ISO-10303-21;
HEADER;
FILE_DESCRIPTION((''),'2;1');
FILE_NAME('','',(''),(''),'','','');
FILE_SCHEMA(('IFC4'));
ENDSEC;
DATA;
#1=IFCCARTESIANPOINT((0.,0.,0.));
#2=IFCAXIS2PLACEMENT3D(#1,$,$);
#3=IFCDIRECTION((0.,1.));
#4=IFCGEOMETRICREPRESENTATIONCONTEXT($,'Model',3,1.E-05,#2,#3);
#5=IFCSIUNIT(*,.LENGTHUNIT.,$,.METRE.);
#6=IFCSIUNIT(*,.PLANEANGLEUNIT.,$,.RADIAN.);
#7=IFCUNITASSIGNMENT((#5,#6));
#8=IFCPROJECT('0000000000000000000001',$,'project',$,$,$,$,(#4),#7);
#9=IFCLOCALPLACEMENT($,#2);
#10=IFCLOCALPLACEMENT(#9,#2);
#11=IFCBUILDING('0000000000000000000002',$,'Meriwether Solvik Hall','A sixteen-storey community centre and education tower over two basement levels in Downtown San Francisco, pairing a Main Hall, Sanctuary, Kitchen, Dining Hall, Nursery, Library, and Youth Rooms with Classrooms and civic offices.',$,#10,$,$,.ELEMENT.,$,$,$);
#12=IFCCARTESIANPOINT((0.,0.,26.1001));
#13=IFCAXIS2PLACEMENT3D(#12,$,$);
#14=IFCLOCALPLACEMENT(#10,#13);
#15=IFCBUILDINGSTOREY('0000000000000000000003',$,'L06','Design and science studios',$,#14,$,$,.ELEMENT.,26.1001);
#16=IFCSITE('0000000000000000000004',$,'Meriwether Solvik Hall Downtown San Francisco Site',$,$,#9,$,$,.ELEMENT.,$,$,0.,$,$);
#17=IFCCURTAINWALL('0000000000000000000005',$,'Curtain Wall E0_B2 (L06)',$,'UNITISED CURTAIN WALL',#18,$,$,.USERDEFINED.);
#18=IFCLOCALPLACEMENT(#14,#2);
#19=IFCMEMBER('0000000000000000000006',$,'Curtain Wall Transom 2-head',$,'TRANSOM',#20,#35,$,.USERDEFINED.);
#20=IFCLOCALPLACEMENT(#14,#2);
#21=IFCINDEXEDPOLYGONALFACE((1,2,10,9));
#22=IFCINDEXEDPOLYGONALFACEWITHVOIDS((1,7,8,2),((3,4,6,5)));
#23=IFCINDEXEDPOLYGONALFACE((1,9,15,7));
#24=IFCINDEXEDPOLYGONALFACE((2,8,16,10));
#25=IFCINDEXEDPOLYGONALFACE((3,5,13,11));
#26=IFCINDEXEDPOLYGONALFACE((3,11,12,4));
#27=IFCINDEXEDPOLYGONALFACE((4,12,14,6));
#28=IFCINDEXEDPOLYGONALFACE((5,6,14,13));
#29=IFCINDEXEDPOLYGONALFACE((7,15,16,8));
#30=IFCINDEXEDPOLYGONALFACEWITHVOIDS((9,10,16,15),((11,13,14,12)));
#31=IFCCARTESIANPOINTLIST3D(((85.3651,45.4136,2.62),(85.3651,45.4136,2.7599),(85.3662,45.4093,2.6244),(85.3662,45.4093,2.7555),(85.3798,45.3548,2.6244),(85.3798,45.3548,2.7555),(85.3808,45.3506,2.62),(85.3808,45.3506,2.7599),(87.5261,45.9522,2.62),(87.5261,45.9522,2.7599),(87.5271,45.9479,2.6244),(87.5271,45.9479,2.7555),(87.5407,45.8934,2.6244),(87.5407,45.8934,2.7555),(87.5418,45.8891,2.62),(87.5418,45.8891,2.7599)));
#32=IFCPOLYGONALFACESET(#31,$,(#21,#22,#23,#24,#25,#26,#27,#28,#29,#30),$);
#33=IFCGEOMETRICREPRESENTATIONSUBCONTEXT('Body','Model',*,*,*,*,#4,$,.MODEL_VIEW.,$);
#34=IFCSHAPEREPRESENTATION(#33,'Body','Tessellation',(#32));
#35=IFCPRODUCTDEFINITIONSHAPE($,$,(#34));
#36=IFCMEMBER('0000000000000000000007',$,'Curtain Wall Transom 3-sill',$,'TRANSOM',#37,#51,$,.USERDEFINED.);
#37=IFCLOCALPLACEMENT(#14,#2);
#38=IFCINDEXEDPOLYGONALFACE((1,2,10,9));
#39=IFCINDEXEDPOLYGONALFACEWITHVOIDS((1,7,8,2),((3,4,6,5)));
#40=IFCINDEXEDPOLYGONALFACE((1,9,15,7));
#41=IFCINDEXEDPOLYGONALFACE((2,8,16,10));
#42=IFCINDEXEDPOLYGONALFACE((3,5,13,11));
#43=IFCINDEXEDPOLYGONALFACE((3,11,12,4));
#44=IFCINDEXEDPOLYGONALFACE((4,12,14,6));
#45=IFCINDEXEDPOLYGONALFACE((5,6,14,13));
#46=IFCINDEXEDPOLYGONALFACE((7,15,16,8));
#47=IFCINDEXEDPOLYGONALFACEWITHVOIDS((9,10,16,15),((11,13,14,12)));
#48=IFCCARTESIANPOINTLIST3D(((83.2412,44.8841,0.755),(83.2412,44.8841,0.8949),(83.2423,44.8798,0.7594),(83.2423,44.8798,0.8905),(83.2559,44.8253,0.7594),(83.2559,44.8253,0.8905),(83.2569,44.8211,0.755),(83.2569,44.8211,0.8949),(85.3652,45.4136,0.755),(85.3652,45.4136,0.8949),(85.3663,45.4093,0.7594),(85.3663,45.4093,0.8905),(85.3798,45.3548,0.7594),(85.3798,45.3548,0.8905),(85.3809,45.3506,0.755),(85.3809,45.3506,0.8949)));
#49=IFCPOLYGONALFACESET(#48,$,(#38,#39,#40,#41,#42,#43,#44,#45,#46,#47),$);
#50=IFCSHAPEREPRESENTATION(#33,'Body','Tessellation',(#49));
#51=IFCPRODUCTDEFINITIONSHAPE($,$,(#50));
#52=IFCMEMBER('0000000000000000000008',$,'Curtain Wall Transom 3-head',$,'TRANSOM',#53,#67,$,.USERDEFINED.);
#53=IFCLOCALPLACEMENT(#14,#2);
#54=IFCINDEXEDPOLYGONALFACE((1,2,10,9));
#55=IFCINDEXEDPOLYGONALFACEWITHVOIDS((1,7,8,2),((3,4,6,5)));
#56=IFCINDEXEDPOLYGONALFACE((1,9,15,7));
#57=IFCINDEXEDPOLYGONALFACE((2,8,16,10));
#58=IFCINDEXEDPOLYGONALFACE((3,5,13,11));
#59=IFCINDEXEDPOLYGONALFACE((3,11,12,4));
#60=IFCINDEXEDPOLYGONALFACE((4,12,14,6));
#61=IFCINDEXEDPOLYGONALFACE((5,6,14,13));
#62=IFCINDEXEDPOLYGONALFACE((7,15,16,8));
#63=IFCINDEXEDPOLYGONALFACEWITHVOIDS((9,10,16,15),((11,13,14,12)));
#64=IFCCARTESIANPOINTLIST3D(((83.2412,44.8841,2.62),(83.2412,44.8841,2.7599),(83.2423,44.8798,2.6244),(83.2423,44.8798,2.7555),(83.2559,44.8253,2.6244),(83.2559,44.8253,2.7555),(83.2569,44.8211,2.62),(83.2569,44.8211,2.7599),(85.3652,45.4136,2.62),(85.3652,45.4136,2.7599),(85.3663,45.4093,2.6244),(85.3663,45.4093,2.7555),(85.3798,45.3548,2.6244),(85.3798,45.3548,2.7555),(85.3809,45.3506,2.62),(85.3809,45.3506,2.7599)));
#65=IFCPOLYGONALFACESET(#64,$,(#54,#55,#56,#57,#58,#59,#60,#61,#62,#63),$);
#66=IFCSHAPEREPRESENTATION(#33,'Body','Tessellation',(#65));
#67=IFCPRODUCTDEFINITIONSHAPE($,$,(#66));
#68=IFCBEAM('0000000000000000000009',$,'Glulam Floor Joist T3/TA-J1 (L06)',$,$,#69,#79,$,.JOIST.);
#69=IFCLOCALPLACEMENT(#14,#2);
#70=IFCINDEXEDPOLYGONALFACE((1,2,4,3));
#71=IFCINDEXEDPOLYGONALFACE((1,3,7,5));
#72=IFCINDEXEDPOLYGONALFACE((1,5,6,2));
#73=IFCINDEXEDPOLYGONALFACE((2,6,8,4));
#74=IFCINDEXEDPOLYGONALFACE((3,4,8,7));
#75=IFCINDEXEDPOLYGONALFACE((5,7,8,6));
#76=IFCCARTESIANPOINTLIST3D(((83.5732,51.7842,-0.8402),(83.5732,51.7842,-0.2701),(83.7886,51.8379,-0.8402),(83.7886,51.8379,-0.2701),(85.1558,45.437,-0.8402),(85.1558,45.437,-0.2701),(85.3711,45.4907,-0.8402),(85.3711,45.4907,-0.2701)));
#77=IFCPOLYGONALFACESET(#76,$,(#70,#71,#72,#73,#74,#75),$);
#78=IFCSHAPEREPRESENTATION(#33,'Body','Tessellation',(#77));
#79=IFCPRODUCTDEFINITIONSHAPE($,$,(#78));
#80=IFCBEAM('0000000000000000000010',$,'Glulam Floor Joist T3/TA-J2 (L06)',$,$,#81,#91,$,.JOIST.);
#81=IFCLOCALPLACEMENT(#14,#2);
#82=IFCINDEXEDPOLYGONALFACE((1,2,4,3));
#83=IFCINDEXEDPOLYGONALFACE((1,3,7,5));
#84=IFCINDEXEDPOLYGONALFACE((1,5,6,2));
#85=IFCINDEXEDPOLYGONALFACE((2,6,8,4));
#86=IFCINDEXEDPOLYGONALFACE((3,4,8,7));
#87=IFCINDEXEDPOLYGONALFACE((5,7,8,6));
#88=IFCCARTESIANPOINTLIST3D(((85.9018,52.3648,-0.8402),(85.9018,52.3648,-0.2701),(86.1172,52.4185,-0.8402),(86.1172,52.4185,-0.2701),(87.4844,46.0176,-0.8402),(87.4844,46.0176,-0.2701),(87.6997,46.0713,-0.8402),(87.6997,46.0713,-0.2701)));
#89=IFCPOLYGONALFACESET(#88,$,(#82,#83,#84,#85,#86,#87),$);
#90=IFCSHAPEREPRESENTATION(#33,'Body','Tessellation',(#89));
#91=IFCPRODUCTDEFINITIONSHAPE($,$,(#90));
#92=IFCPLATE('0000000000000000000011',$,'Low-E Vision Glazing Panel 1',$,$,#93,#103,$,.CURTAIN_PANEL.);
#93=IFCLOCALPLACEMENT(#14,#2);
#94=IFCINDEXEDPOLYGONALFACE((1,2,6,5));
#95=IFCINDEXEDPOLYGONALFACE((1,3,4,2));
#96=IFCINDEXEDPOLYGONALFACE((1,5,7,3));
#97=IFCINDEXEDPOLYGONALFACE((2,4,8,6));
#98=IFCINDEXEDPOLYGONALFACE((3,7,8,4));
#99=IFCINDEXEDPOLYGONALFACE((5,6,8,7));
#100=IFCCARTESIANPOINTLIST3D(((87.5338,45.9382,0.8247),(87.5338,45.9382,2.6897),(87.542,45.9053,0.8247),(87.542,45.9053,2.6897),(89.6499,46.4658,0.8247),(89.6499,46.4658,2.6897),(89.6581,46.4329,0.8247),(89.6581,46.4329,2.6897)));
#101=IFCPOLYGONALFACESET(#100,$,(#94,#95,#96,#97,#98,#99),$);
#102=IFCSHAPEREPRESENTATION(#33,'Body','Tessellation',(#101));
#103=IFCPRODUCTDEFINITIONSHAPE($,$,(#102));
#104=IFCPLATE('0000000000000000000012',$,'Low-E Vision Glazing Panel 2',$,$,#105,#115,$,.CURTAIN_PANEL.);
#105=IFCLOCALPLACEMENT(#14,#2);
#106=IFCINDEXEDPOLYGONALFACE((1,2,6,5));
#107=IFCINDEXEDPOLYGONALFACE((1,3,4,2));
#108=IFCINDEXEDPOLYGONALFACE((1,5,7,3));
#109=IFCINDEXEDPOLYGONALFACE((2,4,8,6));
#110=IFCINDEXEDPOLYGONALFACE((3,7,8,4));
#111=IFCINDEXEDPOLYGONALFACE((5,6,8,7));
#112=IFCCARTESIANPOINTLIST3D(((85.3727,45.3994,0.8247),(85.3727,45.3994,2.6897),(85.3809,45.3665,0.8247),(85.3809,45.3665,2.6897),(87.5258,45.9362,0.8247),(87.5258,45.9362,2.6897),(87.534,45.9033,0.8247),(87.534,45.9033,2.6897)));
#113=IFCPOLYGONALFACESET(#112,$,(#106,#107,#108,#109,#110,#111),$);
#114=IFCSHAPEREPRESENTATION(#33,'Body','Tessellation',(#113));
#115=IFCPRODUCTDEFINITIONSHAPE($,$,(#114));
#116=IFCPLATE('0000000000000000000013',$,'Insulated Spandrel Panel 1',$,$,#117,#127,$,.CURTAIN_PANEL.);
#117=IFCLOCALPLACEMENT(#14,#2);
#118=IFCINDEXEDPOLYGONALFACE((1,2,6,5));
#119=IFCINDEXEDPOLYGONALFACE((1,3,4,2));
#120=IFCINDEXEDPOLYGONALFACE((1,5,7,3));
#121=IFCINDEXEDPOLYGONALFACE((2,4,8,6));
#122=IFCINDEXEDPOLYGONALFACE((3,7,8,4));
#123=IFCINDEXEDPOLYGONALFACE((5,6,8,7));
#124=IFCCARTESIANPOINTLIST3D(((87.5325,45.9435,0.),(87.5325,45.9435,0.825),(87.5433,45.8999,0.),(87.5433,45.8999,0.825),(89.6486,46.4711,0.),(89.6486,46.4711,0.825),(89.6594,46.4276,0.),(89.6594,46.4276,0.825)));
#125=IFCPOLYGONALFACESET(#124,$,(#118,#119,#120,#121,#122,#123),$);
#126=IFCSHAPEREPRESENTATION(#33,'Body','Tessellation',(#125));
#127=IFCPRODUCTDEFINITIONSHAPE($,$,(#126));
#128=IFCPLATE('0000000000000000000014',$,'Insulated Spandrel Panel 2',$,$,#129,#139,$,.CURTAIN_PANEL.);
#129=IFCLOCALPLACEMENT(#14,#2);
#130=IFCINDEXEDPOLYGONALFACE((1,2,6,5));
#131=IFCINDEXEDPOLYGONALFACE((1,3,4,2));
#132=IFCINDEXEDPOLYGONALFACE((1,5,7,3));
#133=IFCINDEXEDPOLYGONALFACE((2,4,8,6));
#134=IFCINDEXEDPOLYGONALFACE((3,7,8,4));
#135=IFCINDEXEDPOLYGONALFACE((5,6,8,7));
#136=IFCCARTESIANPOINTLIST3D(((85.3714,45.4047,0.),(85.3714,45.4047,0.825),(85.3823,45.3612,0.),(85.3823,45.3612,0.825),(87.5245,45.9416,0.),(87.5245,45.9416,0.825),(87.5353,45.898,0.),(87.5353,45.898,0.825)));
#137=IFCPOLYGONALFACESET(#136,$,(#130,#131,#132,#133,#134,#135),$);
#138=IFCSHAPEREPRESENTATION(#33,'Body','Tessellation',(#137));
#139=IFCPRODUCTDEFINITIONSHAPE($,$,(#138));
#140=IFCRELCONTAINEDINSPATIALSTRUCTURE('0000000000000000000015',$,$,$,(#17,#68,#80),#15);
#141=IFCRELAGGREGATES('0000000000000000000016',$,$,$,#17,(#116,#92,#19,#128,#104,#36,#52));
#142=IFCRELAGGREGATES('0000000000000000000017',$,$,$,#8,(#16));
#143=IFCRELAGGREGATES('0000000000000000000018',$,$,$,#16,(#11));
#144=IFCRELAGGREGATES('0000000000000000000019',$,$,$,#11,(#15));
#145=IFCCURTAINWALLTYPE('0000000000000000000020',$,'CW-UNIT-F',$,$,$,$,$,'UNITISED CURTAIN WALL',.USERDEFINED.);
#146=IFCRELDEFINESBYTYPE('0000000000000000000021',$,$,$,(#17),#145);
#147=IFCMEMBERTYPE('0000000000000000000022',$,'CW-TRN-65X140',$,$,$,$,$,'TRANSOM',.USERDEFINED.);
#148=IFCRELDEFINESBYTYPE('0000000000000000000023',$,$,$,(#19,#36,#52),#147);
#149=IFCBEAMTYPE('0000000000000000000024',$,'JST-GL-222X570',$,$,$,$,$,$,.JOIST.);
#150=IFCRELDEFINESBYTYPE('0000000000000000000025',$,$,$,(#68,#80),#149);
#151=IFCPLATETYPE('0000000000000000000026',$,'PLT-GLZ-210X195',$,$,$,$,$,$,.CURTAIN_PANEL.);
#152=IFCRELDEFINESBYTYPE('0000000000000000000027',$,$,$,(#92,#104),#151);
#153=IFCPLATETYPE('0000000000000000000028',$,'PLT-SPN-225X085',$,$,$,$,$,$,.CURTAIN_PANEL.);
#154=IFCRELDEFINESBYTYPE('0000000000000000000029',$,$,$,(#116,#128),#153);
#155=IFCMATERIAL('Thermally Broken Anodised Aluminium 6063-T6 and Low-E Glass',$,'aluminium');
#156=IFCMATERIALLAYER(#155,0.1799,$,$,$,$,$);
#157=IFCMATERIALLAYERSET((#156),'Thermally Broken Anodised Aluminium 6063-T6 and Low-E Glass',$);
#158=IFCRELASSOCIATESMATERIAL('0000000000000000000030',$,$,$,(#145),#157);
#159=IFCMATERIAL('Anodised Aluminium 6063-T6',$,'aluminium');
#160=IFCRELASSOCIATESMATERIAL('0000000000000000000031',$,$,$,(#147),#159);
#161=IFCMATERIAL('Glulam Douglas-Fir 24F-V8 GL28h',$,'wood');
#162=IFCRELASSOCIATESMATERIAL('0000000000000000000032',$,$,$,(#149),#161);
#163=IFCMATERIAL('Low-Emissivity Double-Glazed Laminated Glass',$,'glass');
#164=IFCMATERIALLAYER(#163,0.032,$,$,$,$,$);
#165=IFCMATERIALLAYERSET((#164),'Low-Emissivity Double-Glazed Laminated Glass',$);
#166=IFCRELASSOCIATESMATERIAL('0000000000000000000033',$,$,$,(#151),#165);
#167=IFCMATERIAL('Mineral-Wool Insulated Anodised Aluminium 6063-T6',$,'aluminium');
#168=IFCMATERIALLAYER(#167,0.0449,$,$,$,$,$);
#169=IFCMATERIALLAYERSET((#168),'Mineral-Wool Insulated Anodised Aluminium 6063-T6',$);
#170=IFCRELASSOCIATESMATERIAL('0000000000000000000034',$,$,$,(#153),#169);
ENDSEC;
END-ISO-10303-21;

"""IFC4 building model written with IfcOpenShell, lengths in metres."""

from ifc_helpers import new_model, si_unit, direction, frame, origin, origin_2d, place, context, subcontext, project, spatial, rectangle, hollow_rectangle, extrude, material, layer, layer_set, material_profile, profile_set, type_object, element, aggregate, save


model = new_model("IFC4")

# Units and contexts
model_context = context("Model", 3, precision=1e-05, world=origin(), true_north=direction((0.0, 1.0)))
body_context = subcontext(model_context, "Body", "Model", "MODEL_VIEW")
ifc_project = project(units=[si_unit("LENGTHUNIT", "METRE"), si_unit("PLANEANGLEUNIT", "RADIAN")], contexts=[model_context])

# Site, building, storey
site_placement = place(None, origin())
site = spatial("IfcSite", under=ifc_project, at=site_placement, Name="Meriwether Solvik Hall Downtown San Francisco Site", CompositionType="ELEMENT", RefElevation=0.0)
building_placement = place(site_placement, origin())
building = spatial("IfcBuilding", under=site, at=building_placement, Name="Meriwether Solvik Hall", Description="A sixteen-storey community centre and education tower over two basement levels in Downtown San Francisco, pairing a Main Hall, Sanctuary, Kitchen, Dining Hall, Nursery, Library, and Youth Rooms with Classrooms and civic offices.", CompositionType="ELEMENT")
storey_placement = place(building_placement, frame((0.0, 0.0, 26.1001)))
storey = spatial("IfcBuildingStorey", under=building, at=storey_placement, Name="L06", Description="Design and science studios", CompositionType="ELEMENT", Elevation=26.1001)

# Curtain wall
ifc_material_1 = material(Name="Thermally Broken Anodised Aluminium 6063-T6 and Low-E Glass", Category="aluminium")
ifc_layer_1 = layer(ifc_material_1, 0.1799)
ifc_layer_set_1 = layer_set([ifc_layer_1], Name="Thermally Broken Anodised Aluminium 6063-T6 and Low-E Glass")
curtain_wall_type_1 = type_object("IfcCurtainWallType", Name="CW-UNIT-F", ElementType="UNITISED CURTAIN WALL", PredefinedType="USERDEFINED", material=ifc_layer_set_1)
curtain_wall_1_placement = place(storey_placement, origin())
curtain_wall_1 = element("IfcCurtainWall", 1, at=curtain_wall_1_placement, inside=storey, type_object=curtain_wall_type_1, Name="Curtain Wall E0_B2 (L06)", ObjectType="UNITISED CURTAIN WALL", PredefinedType="USERDEFINED")

# Members
ifc_material_2 = material(Name="Anodised Aluminium 6063-T6", Category="aluminium")
ifc_material_profile_1 = material_profile(ifc_material_2, hollow_rectangle(XDim=0.0649, YDim=0.1399, WallThickness=0.0044, at=origin_2d()), Name="CWT-65X140")
ifc_profile_set_1 = profile_set([ifc_material_profile_1], Name="Anodised Aluminium 6063-T6")
member_type_1 = type_object("IfcMemberType", Name="CW-TRN-65X140", ElementType="TRANSOM", PredefinedType="USERDEFINED", material=ifc_profile_set_1)
member_1_placement = place(storey_placement, frame((87.5339, 45.9207, 2.6899), z_axis=(-0.970316, -0.241839, 0.0), x_axis=(0.241839, -0.970316, 0.0)))
member_1 = element("IfcMember", 2, at=member_1_placement, type_object=member_type_1, Name="Curtain Wall Transom 2-head", ObjectType="TRANSOM", PredefinedType="USERDEFINED", context=body_context, shape_type="SweptSolid", body=[
    extrude(hollow_rectangle(XDim=0.0649, YDim=0.1399, WallThickness=0.0044, at=origin_2d()), origin(), (0.0, 0.0, 1.0), 2.2271),
])
member_2_placement = place(storey_placement, frame((85.373, 45.3821, 0.825), z_axis=(-0.9703, -0.241906, 0.0), x_axis=(0.241906, -0.9703, 0.0)))
member_2 = element("IfcMember", 3, at=member_2_placement, type_object=member_type_1, Name="Curtain Wall Transom 3-sill", ObjectType="TRANSOM", PredefinedType="USERDEFINED", context=body_context, shape_type="SweptSolid", body=[
    extrude(hollow_rectangle(XDim=0.0649, YDim=0.1399, WallThickness=0.0044, at=origin_2d()), origin(), (0.0, 0.0, 1.0), 2.189),
])
member_3_placement = place(storey_placement, frame((85.373, 45.3821, 2.6899), z_axis=(-0.9703, -0.241906, 0.0), x_axis=(0.241906, -0.9703, 0.0)))
member_3 = element("IfcMember", 4, at=member_3_placement, type_object=member_type_1, Name="Curtain Wall Transom 3-head", ObjectType="TRANSOM", PredefinedType="USERDEFINED", context=body_context, shape_type="SweptSolid", body=[
    extrude(hollow_rectangle(XDim=0.0649, YDim=0.1399, WallThickness=0.0044, at=origin_2d()), origin(), (0.0, 0.0, 1.0), 2.189),
])

# Beams
ifc_material_3 = material(Name="Glulam Douglas-Fir 24F-V8 GL28h", Category="wood")
ifc_material_profile_2 = material_profile(ifc_material_3, rectangle(XDim=0.2219, YDim=0.5701, at=origin_2d()), Name="GLJ-222X570")
ifc_profile_set_2 = profile_set([ifc_material_profile_2], Name="Glulam Douglas-Fir 24F-V8 GL28h")
beam_type_1 = type_object("IfcBeamType", Name="JST-GL-222X570", PredefinedType="JOIST", material=ifc_profile_set_2)
for number, where, z_axis, x_axis, name in (
    (5, (85.2634, 45.4639, -0.5552), (-0.241921, 0.970296, 0.0), (-0.970296, -0.241921, 0.0), "Glulam Floor Joist T3/TA-J1 (L06)"),
    (6, (87.592, 46.0444, -0.5552), (-0.241921, 0.970296, 0.0), (-0.970296, -0.241921, 0.0), "Glulam Floor Joist T3/TA-J2 (L06)"),
):
    element("IfcBeam", number, at=place(storey_placement, frame(where, z_axis=z_axis, x_axis=x_axis)), inside=storey, type_object=beam_type_1, Name=name, PredefinedType="JOIST", context=body_context, shape_type="SweptSolid", body=[
        extrude(rectangle(XDim=0.2219, YDim=0.5701, at=origin_2d()), origin(), (0.0, 0.0, 1.0), 6.5415),
    ])

# Plates
ifc_material_4 = material(Name="Low-Emissivity Double-Glazed Laminated Glass", Category="glass")
ifc_layer_2 = layer(ifc_material_4, 0.032)
ifc_layer_set_2 = layer_set([ifc_layer_2], Name="Low-Emissivity Double-Glazed Laminated Glass")
plate_type_1 = type_object("IfcPlateType", Name="PLT-GLZ-210X195", PredefinedType="CURTAIN_PANEL", material=ifc_layer_set_2)
plate_1_placement = place(storey_placement, frame((88.5959, 46.1855, 0.8247), z_axis=(0.0, 0.0, 1.0), x_axis=(-0.970296, -0.241922, 0.0)))
plate_1 = element("IfcPlate", 7, at=plate_1_placement, type_object=plate_type_1, Name="Low-E Vision Glazing Panel 1", PredefinedType="CURTAIN_PANEL", context=body_context, shape_type="SweptSolid", body=[
    extrude(rectangle(XDim=2.1809, YDim=0.0339, at=origin_2d()), origin(), (0.0, 0.0, 1.0), 1.865),
])
plate_2_placement = place(storey_placement, frame((86.4534, 45.6514, 0.8247), z_axis=(0.0, 0.0, 1.0), x_axis=(-0.970296, -0.241922, 0.0)))
plate_2 = element("IfcPlate", 8, at=plate_2_placement, type_object=plate_type_1, Name="Low-E Vision Glazing Panel 2", PredefinedType="CURTAIN_PANEL", context=body_context, shape_type="SweptSolid", body=[
    extrude(rectangle(XDim=2.219, YDim=0.0339, at=origin_2d()), origin(), (0.0, 0.0, 1.0), 1.865),
])
ifc_material_5 = material(Name="Mineral-Wool Insulated Anodised Aluminium 6063-T6", Category="aluminium")
ifc_layer_3 = layer(ifc_material_5, 0.0449)
ifc_layer_set_3 = layer_set([ifc_layer_3], Name="Mineral-Wool Insulated Anodised Aluminium 6063-T6")
plate_type_2 = type_object("IfcPlateType", Name="PLT-SPN-225X085", PredefinedType="CURTAIN_PANEL", material=ifc_layer_set_3)
plate_3_placement = place(storey_placement, frame((88.5959, 46.1855, 0.0), z_axis=(0.0, 0.0, 1.0), x_axis=(-0.970296, -0.241922, 0.0)))
plate_3 = element("IfcPlate", 9, at=plate_3_placement, type_object=plate_type_2, Name="Insulated Spandrel Panel 1", PredefinedType="CURTAIN_PANEL", context=body_context, shape_type="SweptSolid", body=[
    extrude(rectangle(XDim=2.1809, YDim=0.0449, at=origin_2d()), origin(), (0.0, 0.0, 1.0), 0.825),
])
plate_4_placement = place(storey_placement, frame((86.4534, 45.6514, 0.0), z_axis=(0.0, 0.0, 1.0), x_axis=(-0.970296, -0.241922, 0.0)))
plate_4 = element("IfcPlate", 10, at=plate_4_placement, type_object=plate_type_2, Name="Insulated Spandrel Panel 2", PredefinedType="CURTAIN_PANEL", context=body_context, shape_type="SweptSolid", body=[
    extrude(rectangle(XDim=2.219, YDim=0.0449, at=origin_2d()), origin(), (0.0, 0.0, 1.0), 0.825),
])
aggregate(curtain_wall_1, [plate_3, plate_1, member_1, plate_4, plate_2, member_2, member_3])

save(model, "model.ifc")
